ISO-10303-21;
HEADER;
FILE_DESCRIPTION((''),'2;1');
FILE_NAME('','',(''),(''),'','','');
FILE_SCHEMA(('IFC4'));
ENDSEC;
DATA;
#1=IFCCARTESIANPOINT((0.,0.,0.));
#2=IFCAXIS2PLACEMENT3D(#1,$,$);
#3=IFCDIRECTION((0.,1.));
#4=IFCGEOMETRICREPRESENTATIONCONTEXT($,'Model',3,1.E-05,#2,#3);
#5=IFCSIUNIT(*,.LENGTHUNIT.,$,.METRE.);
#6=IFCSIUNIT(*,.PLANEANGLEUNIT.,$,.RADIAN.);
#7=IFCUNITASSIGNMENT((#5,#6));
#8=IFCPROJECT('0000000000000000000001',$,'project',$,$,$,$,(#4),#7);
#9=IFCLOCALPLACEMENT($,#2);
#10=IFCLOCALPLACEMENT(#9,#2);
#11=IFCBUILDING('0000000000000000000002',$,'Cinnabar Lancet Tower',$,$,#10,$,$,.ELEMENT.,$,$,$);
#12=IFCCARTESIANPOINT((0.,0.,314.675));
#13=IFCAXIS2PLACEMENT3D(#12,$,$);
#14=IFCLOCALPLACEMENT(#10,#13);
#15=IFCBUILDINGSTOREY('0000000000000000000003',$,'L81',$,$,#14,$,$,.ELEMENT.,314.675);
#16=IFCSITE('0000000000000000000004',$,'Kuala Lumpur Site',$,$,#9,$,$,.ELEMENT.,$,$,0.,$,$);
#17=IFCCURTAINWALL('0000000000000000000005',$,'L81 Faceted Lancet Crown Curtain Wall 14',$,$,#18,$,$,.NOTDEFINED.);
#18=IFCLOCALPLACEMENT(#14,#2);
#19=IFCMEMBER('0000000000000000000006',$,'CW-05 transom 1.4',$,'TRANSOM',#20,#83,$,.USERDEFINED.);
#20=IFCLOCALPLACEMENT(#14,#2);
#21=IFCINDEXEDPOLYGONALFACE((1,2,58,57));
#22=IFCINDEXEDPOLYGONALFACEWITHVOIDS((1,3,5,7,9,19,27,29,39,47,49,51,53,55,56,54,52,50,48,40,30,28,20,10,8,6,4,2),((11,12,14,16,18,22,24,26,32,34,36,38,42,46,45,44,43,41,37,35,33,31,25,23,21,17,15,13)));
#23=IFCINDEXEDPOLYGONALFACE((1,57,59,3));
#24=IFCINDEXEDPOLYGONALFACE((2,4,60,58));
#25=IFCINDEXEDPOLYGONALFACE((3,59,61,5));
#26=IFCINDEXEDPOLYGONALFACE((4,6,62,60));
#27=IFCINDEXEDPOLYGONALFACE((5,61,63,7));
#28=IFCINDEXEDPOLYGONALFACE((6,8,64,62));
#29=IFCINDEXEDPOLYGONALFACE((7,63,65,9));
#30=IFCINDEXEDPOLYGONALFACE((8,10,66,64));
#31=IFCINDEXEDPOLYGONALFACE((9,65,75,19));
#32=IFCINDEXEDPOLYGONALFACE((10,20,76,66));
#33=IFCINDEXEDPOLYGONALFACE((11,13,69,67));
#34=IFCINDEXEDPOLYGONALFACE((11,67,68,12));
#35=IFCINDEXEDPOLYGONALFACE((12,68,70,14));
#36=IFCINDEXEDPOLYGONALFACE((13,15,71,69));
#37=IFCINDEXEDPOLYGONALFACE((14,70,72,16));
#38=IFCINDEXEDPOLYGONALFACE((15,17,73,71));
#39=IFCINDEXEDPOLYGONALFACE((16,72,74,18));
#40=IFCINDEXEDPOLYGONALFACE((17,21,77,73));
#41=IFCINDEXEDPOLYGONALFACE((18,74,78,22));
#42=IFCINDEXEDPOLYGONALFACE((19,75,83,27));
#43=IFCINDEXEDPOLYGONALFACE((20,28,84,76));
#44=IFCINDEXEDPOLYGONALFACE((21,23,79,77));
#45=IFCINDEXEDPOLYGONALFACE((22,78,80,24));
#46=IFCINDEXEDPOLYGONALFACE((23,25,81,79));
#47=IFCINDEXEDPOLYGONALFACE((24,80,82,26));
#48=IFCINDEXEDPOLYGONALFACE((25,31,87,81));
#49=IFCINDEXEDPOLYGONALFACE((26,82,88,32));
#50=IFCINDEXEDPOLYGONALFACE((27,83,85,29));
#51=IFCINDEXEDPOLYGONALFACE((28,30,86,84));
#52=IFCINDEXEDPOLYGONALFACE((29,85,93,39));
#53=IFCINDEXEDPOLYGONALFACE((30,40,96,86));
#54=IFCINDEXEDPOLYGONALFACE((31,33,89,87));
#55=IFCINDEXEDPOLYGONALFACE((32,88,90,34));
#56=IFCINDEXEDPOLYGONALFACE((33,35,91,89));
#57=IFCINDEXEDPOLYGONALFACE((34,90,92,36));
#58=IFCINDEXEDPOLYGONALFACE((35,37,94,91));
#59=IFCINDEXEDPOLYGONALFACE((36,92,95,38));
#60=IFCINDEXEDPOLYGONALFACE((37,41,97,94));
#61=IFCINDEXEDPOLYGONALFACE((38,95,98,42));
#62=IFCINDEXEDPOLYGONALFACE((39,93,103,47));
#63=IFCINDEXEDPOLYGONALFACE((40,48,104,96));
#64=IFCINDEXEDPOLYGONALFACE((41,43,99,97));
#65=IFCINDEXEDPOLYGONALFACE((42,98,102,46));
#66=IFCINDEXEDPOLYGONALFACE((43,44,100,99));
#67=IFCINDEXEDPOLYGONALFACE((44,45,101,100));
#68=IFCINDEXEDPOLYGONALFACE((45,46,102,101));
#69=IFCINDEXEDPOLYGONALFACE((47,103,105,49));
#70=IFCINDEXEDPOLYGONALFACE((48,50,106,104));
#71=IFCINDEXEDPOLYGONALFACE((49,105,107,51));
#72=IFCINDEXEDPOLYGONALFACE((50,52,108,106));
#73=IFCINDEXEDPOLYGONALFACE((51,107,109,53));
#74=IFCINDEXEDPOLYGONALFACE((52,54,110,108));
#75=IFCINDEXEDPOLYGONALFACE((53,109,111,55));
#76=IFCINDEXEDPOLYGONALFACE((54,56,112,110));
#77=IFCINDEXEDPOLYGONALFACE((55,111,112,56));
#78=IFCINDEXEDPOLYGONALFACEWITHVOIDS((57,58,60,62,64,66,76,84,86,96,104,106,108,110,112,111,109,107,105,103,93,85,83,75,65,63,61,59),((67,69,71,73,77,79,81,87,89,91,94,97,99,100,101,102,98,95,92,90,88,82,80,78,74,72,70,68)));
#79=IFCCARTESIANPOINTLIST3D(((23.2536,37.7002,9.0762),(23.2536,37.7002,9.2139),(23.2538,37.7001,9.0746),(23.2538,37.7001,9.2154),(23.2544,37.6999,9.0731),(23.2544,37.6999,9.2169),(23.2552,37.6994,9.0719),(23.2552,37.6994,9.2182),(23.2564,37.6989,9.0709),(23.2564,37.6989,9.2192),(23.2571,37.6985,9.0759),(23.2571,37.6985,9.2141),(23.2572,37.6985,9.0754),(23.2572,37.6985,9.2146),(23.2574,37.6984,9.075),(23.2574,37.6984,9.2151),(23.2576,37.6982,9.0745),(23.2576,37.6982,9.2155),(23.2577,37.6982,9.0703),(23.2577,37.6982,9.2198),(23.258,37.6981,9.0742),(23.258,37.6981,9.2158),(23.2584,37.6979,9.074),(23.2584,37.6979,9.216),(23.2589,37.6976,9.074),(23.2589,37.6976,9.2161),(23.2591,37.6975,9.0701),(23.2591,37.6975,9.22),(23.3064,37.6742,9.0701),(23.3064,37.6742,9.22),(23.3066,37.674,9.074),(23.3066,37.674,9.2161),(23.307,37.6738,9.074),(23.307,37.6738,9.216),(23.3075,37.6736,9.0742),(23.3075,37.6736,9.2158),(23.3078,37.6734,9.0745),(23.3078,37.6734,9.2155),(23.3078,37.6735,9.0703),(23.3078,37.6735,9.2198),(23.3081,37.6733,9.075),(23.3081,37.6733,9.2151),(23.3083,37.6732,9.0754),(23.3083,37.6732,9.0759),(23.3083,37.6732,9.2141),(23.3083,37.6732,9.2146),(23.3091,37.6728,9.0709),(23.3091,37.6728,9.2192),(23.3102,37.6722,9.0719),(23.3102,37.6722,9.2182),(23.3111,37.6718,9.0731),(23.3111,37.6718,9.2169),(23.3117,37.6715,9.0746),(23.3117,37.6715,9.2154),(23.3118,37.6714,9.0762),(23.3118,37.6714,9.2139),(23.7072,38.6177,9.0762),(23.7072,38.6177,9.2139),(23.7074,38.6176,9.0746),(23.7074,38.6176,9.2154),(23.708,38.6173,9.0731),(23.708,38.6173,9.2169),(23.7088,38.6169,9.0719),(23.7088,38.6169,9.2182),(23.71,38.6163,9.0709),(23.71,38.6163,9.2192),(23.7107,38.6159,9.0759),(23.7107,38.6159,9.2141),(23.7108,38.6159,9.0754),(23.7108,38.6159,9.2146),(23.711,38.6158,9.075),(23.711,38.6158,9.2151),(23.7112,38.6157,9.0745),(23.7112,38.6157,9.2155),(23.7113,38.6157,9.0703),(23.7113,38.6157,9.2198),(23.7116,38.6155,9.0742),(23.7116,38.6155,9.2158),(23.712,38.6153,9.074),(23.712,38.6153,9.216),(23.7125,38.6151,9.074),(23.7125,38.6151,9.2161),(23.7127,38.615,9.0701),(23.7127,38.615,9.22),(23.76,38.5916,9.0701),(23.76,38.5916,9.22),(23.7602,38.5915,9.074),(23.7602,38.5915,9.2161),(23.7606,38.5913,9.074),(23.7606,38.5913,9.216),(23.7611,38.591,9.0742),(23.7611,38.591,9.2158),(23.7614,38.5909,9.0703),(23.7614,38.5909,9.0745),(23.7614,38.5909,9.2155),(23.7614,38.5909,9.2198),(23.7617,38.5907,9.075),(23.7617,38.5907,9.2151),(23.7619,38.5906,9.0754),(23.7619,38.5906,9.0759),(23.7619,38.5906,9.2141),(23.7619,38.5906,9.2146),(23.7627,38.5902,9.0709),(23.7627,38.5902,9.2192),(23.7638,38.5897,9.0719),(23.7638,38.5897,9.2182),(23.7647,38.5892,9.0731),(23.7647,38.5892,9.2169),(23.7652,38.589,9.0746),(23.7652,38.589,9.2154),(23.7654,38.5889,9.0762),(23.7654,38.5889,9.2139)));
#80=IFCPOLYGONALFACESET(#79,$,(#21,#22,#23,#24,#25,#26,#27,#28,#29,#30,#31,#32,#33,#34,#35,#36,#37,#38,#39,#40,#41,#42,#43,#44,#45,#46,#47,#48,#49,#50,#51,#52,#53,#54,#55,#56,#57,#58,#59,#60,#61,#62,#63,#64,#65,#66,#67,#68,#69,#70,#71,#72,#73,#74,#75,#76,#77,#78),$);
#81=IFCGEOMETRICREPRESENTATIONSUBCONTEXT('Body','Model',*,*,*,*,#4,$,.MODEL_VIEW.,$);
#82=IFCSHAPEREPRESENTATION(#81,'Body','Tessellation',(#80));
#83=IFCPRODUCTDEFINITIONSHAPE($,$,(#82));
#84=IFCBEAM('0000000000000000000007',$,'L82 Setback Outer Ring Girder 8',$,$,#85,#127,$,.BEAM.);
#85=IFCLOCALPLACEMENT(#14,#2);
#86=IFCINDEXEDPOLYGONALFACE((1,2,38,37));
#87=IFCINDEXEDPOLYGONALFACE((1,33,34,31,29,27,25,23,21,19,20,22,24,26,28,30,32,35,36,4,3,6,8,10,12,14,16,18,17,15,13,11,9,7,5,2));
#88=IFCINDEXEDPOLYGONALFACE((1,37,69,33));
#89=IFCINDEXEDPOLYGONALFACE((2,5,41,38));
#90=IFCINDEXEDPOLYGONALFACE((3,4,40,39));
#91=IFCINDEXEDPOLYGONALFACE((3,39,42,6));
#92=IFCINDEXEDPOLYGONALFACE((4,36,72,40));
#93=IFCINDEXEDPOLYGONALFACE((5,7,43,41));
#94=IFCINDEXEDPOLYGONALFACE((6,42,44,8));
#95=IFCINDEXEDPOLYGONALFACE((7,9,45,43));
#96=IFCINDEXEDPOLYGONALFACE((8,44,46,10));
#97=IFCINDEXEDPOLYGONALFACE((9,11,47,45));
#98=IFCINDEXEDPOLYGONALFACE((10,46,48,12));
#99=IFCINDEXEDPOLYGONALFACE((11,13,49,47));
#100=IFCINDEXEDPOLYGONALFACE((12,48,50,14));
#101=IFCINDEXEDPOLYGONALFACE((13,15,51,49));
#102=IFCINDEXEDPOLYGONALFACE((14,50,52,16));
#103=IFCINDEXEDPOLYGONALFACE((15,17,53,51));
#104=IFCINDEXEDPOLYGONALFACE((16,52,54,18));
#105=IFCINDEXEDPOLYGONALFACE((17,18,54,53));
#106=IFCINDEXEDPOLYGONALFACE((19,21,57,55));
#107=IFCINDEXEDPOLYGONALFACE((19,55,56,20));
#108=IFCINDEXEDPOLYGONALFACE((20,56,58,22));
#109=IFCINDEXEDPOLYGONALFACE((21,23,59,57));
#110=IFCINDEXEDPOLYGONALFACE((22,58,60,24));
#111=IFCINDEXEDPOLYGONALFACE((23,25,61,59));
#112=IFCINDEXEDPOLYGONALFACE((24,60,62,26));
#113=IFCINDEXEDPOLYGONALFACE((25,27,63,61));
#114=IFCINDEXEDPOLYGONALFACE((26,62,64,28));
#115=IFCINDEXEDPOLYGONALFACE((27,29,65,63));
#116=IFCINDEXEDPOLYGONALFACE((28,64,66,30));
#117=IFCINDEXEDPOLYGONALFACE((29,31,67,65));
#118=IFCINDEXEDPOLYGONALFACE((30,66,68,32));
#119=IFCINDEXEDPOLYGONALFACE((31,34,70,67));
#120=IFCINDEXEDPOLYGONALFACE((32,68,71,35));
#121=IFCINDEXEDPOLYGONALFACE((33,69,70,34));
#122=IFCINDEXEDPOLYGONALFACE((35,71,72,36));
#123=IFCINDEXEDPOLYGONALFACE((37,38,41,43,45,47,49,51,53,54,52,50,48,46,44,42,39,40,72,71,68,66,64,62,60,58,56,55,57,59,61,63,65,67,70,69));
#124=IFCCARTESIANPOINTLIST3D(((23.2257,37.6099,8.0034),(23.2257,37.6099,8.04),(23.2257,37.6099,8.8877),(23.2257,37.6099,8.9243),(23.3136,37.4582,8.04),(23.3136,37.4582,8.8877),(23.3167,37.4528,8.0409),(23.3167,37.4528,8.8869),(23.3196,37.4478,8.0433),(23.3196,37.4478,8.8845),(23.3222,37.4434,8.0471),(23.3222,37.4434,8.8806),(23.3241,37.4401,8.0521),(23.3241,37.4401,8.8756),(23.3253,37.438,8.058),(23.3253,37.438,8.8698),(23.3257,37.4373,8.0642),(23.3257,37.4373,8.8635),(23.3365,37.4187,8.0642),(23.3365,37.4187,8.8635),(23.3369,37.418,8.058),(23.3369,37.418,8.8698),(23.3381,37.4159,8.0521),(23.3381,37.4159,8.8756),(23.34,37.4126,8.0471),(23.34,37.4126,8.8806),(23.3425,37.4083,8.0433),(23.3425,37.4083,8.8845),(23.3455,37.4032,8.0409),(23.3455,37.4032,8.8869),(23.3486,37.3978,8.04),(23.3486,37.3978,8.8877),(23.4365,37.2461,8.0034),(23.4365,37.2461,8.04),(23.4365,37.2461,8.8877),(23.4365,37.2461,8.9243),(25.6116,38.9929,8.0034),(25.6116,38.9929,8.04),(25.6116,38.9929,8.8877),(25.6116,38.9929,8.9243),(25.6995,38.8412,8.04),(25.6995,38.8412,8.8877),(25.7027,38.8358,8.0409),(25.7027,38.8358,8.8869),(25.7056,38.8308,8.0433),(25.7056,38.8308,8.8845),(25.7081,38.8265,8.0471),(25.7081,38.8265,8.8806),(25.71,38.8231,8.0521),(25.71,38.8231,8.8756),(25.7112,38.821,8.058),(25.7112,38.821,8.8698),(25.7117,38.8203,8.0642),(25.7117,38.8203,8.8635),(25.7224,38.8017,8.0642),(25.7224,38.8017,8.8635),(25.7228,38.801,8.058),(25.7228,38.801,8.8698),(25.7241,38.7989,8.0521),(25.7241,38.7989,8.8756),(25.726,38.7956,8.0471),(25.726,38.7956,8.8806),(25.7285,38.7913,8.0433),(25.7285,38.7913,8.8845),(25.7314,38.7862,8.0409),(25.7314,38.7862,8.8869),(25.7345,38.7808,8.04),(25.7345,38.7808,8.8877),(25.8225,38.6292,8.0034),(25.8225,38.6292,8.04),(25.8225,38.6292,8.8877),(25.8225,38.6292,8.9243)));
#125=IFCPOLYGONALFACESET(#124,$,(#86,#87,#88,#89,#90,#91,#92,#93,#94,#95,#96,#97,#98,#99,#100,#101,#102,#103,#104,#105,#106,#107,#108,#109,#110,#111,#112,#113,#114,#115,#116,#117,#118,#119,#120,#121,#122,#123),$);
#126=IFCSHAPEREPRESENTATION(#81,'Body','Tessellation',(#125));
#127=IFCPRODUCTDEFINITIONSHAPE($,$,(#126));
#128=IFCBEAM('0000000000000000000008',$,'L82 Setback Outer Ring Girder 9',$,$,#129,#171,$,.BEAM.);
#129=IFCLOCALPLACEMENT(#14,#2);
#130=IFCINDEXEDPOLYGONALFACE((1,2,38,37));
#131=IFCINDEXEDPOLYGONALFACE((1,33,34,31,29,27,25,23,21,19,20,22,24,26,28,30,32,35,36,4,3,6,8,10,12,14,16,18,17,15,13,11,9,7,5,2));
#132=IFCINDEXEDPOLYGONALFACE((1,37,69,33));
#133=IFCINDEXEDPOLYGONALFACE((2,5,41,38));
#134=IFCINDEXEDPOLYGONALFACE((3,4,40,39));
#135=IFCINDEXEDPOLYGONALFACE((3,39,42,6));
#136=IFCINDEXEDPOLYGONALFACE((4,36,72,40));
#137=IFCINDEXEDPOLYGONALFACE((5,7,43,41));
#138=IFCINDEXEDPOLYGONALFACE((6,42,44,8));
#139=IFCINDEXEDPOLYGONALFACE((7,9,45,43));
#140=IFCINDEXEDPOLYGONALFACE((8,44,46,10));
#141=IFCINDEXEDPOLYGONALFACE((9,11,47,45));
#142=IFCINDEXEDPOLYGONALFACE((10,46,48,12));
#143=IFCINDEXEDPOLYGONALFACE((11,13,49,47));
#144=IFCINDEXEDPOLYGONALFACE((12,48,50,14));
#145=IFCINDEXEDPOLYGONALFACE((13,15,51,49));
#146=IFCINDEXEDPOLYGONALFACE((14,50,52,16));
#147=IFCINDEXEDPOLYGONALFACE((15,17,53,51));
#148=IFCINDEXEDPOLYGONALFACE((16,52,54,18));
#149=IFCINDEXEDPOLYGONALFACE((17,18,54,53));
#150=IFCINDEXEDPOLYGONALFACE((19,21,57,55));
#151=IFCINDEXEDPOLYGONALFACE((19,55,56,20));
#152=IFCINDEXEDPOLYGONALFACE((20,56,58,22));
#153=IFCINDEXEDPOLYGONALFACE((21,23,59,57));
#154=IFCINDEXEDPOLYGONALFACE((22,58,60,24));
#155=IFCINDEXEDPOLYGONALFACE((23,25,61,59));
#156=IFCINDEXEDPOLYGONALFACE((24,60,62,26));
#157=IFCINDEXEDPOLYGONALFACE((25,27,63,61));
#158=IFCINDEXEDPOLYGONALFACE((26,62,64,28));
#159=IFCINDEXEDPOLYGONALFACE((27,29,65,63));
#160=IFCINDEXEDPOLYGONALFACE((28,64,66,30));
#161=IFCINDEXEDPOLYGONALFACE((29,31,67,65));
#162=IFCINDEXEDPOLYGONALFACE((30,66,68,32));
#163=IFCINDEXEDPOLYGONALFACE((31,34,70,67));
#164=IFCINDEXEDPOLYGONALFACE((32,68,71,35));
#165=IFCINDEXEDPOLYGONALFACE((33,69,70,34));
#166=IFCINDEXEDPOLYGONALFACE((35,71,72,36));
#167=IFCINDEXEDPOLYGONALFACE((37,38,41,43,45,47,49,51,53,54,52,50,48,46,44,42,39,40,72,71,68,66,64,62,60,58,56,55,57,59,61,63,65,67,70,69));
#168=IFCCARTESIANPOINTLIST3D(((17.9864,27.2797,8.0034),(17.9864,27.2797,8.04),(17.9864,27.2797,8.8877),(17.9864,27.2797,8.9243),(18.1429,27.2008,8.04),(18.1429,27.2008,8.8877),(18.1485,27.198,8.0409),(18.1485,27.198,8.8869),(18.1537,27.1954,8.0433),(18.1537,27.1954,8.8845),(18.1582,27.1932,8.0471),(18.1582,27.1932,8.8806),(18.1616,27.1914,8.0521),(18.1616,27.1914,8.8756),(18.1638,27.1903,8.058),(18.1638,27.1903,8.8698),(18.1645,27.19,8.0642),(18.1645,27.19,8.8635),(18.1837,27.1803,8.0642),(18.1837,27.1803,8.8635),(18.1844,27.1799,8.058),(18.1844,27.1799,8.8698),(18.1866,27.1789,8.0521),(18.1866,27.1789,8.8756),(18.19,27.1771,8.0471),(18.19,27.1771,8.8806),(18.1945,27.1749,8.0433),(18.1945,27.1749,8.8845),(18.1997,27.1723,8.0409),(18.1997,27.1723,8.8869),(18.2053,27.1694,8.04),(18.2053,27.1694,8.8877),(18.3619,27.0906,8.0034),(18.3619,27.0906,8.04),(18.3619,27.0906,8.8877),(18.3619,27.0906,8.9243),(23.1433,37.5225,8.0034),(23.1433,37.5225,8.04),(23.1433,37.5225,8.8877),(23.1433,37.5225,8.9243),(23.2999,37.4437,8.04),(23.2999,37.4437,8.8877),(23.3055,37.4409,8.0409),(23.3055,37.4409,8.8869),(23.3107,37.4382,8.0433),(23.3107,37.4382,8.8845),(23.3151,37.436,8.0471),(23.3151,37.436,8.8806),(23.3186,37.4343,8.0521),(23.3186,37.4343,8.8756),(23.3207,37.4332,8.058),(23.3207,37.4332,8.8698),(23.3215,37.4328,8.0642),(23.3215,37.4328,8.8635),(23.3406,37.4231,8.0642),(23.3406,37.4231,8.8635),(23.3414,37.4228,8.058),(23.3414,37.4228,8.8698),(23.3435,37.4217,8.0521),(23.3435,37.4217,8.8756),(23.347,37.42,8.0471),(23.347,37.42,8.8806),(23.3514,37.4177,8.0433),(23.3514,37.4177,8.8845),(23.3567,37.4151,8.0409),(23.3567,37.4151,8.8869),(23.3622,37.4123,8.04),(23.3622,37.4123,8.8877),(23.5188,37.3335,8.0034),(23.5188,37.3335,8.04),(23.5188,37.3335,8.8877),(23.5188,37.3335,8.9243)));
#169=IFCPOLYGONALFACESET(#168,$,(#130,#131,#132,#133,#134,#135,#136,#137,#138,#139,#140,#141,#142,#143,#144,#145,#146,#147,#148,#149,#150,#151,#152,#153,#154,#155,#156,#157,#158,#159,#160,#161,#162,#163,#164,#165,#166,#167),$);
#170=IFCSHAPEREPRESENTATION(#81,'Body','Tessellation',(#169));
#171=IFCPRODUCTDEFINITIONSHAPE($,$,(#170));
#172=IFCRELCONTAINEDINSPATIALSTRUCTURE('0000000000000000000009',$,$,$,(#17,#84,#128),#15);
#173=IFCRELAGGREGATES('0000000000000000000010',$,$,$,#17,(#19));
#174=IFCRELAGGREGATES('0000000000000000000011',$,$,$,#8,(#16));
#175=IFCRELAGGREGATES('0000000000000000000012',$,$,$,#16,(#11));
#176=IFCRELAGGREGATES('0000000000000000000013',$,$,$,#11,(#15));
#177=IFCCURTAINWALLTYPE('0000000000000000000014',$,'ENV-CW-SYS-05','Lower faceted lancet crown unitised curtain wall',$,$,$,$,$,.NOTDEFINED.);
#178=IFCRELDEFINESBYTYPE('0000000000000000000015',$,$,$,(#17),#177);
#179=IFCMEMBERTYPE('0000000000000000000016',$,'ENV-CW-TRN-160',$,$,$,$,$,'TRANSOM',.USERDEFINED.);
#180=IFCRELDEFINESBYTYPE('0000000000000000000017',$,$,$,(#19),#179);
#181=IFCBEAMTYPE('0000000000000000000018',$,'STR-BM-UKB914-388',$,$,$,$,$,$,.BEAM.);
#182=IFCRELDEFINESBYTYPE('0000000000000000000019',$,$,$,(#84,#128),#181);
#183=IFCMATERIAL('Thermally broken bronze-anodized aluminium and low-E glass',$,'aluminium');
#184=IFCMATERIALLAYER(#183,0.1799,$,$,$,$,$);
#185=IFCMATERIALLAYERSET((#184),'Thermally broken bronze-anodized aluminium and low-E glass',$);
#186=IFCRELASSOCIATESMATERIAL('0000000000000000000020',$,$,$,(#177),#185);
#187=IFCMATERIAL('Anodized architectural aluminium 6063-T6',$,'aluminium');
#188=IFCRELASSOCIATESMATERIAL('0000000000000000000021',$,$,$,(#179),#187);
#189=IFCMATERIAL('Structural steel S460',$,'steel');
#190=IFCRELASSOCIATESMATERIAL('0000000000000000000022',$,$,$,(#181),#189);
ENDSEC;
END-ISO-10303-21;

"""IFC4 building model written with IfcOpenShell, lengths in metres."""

from ifc_helpers import new_model, si_unit, direction, frame, origin, origin_2d, place, context, subcontext, project, spatial, hollow_rectangle, i_section, extrude, material, layer, layer_set, material_profile, profile_set, type_object, element, aggregate, save


model = new_model("IFC4")

# Units and contexts
model_context = context("Model", 3, precision=1e-05, world=origin(), true_north=direction((0.0, 1.0)))
body_context = subcontext(model_context, "Body", "Model", "MODEL_VIEW")
ifc_project = project(units=[si_unit("LENGTHUNIT", "METRE"), si_unit("PLANEANGLEUNIT", "RADIAN")], contexts=[model_context])

# Site, building, storey
site_placement = place(None, origin())
site = spatial("IfcSite", under=ifc_project, at=site_placement, Name="Kuala Lumpur Site", CompositionType="ELEMENT", RefElevation=0.0)
building_placement = place(site_placement, origin())
building = spatial("IfcBuilding", under=site, at=building_placement, Name="Cinnabar Lancet Tower", CompositionType="ELEMENT")
storey_placement = place(building_placement, frame((0.0, 0.0, 314.675)))
storey = spatial("IfcBuildingStorey", under=building, at=storey_placement, Name="L81", CompositionType="ELEMENT", Elevation=314.675)

# Curtain wall
ifc_material_1 = material(Name="Thermally broken bronze-anodized aluminium and low-E glass", Category="aluminium")
ifc_layer_1 = layer(ifc_material_1, 0.1799)
ifc_layer_set_1 = layer_set([ifc_layer_1], Name="Thermally broken bronze-anodized aluminium and low-E glass")
curtain_wall_type = type_object("IfcCurtainWallType", Name="ENV-CW-SYS-05", Description="Lower faceted lancet crown unitised curtain wall", PredefinedType="NOTDEFINED", material=ifc_layer_set_1)
curtain_wall_1_placement = place(storey_placement, origin())
curtain_wall_1 = element("IfcCurtainWall", 1, at=curtain_wall_1_placement, inside=storey, type_object=curtain_wall_type, Name="L81 Faceted Lancet Crown Curtain Wall 14", PredefinedType="NOTDEFINED")

# Member
ifc_material_2 = material(Name="Anodized architectural aluminium 6063-T6", Category="aluminium")
ifc_material_profile_1 = material_profile(ifc_material_2, hollow_rectangle(XDim=0.0649, YDim=0.1499, WallThickness=0.0039, InnerFilletRadius=0.002, OuterFilletRadius=0.0061, at=origin_2d()), Name="CW-TRN 150x65x4")
ifc_profile_set_1 = profile_set([ifc_material_profile_1], Name="Anodized architectural aluminium 6063-T6")
member_type_1 = type_object("IfcMemberType", Name="ENV-CW-TRN-160", ElementType="TRANSOM", PredefinedType="USERDEFINED", material=ifc_profile_set_1)
member_1_placement = place(storey_placement, frame((23.7363, 38.6033, 9.145), z_axis=(-0.443202, -0.896422, 0.0), x_axis=(0.896422, -0.443202, 0.0)))
member_1 = element("IfcMember", 2, at=member_1_placement, type_object=member_type_1, Name="CW-05 transom 1.4", ObjectType="TRANSOM", PredefinedType="USERDEFINED", context=body_context, shape_type="SweptSolid", body=[
    extrude(hollow_rectangle(XDim=0.0649, YDim=0.1499, WallThickness=0.0039, InnerFilletRadius=0.002, OuterFilletRadius=0.0061, at=origin_2d()), origin(), (0.0, 0.0, 1.0), 1.0234),
])

# Beams
ifc_material_3 = material(Name="Structural steel S460", Category="steel")
ifc_material_profile_2 = material_profile(ifc_material_3, i_section(OverallWidth=0.4204, OverallDepth=0.9209, WebThickness=0.0215, FlangeThickness=0.0366, FilletRadius=0.0242, at=origin_2d()), Name="UKB 914x419x388")
ifc_profile_set_2 = profile_set([ifc_material_profile_2], Name="Structural steel S460")
beam_type = type_object("IfcBeamType", Name="STR-BM-UKB914-388", PredefinedType="BEAM", material=ifc_profile_set_2)
beam_1_placement = place(storey_placement, frame((25.717, 38.811, 8.4639), z_axis=(-0.865159, -0.501497, 0.0), x_axis=(0.501497, -0.865159, 0.0)))
element("IfcBeam", 3, at=beam_1_placement, inside=storey, type_object=beam_type, Name="L82 Setback Outer Ring Girder 8", PredefinedType="BEAM", context=body_context, shape_type="SweptSolid", body=[
    extrude(i_section(OverallWidth=0.4204, OverallDepth=0.9209, WebThickness=0.0215, FlangeThickness=0.0366, FilletRadius=0.0242, at=origin_2d()), origin(), (0.0, 0.0, 1.0), 2.7578),
])
beam_2_placement = place(storey_placement, frame((23.3311, 37.428, 8.4639), z_axis=(-0.44969, -0.893185, 0.0), x_axis=(0.893185, -0.44969, 0.0)))
element("IfcBeam", 4, at=beam_2_placement, inside=storey, type_object=beam_type, Name="L82 Setback Outer Ring Girder 9", PredefinedType="BEAM", context=body_context, shape_type="SweptSolid", body=[
    extrude(i_section(OverallWidth=0.4204, OverallDepth=0.9209, WebThickness=0.0215, FlangeThickness=0.0366, FilletRadius=0.0242, at=origin_2d()), origin(), (0.0, 0.0, 1.0), 11.4678),
])

aggregate(curtain_wall_1, [member_1])

save(model, "model.ifc")
